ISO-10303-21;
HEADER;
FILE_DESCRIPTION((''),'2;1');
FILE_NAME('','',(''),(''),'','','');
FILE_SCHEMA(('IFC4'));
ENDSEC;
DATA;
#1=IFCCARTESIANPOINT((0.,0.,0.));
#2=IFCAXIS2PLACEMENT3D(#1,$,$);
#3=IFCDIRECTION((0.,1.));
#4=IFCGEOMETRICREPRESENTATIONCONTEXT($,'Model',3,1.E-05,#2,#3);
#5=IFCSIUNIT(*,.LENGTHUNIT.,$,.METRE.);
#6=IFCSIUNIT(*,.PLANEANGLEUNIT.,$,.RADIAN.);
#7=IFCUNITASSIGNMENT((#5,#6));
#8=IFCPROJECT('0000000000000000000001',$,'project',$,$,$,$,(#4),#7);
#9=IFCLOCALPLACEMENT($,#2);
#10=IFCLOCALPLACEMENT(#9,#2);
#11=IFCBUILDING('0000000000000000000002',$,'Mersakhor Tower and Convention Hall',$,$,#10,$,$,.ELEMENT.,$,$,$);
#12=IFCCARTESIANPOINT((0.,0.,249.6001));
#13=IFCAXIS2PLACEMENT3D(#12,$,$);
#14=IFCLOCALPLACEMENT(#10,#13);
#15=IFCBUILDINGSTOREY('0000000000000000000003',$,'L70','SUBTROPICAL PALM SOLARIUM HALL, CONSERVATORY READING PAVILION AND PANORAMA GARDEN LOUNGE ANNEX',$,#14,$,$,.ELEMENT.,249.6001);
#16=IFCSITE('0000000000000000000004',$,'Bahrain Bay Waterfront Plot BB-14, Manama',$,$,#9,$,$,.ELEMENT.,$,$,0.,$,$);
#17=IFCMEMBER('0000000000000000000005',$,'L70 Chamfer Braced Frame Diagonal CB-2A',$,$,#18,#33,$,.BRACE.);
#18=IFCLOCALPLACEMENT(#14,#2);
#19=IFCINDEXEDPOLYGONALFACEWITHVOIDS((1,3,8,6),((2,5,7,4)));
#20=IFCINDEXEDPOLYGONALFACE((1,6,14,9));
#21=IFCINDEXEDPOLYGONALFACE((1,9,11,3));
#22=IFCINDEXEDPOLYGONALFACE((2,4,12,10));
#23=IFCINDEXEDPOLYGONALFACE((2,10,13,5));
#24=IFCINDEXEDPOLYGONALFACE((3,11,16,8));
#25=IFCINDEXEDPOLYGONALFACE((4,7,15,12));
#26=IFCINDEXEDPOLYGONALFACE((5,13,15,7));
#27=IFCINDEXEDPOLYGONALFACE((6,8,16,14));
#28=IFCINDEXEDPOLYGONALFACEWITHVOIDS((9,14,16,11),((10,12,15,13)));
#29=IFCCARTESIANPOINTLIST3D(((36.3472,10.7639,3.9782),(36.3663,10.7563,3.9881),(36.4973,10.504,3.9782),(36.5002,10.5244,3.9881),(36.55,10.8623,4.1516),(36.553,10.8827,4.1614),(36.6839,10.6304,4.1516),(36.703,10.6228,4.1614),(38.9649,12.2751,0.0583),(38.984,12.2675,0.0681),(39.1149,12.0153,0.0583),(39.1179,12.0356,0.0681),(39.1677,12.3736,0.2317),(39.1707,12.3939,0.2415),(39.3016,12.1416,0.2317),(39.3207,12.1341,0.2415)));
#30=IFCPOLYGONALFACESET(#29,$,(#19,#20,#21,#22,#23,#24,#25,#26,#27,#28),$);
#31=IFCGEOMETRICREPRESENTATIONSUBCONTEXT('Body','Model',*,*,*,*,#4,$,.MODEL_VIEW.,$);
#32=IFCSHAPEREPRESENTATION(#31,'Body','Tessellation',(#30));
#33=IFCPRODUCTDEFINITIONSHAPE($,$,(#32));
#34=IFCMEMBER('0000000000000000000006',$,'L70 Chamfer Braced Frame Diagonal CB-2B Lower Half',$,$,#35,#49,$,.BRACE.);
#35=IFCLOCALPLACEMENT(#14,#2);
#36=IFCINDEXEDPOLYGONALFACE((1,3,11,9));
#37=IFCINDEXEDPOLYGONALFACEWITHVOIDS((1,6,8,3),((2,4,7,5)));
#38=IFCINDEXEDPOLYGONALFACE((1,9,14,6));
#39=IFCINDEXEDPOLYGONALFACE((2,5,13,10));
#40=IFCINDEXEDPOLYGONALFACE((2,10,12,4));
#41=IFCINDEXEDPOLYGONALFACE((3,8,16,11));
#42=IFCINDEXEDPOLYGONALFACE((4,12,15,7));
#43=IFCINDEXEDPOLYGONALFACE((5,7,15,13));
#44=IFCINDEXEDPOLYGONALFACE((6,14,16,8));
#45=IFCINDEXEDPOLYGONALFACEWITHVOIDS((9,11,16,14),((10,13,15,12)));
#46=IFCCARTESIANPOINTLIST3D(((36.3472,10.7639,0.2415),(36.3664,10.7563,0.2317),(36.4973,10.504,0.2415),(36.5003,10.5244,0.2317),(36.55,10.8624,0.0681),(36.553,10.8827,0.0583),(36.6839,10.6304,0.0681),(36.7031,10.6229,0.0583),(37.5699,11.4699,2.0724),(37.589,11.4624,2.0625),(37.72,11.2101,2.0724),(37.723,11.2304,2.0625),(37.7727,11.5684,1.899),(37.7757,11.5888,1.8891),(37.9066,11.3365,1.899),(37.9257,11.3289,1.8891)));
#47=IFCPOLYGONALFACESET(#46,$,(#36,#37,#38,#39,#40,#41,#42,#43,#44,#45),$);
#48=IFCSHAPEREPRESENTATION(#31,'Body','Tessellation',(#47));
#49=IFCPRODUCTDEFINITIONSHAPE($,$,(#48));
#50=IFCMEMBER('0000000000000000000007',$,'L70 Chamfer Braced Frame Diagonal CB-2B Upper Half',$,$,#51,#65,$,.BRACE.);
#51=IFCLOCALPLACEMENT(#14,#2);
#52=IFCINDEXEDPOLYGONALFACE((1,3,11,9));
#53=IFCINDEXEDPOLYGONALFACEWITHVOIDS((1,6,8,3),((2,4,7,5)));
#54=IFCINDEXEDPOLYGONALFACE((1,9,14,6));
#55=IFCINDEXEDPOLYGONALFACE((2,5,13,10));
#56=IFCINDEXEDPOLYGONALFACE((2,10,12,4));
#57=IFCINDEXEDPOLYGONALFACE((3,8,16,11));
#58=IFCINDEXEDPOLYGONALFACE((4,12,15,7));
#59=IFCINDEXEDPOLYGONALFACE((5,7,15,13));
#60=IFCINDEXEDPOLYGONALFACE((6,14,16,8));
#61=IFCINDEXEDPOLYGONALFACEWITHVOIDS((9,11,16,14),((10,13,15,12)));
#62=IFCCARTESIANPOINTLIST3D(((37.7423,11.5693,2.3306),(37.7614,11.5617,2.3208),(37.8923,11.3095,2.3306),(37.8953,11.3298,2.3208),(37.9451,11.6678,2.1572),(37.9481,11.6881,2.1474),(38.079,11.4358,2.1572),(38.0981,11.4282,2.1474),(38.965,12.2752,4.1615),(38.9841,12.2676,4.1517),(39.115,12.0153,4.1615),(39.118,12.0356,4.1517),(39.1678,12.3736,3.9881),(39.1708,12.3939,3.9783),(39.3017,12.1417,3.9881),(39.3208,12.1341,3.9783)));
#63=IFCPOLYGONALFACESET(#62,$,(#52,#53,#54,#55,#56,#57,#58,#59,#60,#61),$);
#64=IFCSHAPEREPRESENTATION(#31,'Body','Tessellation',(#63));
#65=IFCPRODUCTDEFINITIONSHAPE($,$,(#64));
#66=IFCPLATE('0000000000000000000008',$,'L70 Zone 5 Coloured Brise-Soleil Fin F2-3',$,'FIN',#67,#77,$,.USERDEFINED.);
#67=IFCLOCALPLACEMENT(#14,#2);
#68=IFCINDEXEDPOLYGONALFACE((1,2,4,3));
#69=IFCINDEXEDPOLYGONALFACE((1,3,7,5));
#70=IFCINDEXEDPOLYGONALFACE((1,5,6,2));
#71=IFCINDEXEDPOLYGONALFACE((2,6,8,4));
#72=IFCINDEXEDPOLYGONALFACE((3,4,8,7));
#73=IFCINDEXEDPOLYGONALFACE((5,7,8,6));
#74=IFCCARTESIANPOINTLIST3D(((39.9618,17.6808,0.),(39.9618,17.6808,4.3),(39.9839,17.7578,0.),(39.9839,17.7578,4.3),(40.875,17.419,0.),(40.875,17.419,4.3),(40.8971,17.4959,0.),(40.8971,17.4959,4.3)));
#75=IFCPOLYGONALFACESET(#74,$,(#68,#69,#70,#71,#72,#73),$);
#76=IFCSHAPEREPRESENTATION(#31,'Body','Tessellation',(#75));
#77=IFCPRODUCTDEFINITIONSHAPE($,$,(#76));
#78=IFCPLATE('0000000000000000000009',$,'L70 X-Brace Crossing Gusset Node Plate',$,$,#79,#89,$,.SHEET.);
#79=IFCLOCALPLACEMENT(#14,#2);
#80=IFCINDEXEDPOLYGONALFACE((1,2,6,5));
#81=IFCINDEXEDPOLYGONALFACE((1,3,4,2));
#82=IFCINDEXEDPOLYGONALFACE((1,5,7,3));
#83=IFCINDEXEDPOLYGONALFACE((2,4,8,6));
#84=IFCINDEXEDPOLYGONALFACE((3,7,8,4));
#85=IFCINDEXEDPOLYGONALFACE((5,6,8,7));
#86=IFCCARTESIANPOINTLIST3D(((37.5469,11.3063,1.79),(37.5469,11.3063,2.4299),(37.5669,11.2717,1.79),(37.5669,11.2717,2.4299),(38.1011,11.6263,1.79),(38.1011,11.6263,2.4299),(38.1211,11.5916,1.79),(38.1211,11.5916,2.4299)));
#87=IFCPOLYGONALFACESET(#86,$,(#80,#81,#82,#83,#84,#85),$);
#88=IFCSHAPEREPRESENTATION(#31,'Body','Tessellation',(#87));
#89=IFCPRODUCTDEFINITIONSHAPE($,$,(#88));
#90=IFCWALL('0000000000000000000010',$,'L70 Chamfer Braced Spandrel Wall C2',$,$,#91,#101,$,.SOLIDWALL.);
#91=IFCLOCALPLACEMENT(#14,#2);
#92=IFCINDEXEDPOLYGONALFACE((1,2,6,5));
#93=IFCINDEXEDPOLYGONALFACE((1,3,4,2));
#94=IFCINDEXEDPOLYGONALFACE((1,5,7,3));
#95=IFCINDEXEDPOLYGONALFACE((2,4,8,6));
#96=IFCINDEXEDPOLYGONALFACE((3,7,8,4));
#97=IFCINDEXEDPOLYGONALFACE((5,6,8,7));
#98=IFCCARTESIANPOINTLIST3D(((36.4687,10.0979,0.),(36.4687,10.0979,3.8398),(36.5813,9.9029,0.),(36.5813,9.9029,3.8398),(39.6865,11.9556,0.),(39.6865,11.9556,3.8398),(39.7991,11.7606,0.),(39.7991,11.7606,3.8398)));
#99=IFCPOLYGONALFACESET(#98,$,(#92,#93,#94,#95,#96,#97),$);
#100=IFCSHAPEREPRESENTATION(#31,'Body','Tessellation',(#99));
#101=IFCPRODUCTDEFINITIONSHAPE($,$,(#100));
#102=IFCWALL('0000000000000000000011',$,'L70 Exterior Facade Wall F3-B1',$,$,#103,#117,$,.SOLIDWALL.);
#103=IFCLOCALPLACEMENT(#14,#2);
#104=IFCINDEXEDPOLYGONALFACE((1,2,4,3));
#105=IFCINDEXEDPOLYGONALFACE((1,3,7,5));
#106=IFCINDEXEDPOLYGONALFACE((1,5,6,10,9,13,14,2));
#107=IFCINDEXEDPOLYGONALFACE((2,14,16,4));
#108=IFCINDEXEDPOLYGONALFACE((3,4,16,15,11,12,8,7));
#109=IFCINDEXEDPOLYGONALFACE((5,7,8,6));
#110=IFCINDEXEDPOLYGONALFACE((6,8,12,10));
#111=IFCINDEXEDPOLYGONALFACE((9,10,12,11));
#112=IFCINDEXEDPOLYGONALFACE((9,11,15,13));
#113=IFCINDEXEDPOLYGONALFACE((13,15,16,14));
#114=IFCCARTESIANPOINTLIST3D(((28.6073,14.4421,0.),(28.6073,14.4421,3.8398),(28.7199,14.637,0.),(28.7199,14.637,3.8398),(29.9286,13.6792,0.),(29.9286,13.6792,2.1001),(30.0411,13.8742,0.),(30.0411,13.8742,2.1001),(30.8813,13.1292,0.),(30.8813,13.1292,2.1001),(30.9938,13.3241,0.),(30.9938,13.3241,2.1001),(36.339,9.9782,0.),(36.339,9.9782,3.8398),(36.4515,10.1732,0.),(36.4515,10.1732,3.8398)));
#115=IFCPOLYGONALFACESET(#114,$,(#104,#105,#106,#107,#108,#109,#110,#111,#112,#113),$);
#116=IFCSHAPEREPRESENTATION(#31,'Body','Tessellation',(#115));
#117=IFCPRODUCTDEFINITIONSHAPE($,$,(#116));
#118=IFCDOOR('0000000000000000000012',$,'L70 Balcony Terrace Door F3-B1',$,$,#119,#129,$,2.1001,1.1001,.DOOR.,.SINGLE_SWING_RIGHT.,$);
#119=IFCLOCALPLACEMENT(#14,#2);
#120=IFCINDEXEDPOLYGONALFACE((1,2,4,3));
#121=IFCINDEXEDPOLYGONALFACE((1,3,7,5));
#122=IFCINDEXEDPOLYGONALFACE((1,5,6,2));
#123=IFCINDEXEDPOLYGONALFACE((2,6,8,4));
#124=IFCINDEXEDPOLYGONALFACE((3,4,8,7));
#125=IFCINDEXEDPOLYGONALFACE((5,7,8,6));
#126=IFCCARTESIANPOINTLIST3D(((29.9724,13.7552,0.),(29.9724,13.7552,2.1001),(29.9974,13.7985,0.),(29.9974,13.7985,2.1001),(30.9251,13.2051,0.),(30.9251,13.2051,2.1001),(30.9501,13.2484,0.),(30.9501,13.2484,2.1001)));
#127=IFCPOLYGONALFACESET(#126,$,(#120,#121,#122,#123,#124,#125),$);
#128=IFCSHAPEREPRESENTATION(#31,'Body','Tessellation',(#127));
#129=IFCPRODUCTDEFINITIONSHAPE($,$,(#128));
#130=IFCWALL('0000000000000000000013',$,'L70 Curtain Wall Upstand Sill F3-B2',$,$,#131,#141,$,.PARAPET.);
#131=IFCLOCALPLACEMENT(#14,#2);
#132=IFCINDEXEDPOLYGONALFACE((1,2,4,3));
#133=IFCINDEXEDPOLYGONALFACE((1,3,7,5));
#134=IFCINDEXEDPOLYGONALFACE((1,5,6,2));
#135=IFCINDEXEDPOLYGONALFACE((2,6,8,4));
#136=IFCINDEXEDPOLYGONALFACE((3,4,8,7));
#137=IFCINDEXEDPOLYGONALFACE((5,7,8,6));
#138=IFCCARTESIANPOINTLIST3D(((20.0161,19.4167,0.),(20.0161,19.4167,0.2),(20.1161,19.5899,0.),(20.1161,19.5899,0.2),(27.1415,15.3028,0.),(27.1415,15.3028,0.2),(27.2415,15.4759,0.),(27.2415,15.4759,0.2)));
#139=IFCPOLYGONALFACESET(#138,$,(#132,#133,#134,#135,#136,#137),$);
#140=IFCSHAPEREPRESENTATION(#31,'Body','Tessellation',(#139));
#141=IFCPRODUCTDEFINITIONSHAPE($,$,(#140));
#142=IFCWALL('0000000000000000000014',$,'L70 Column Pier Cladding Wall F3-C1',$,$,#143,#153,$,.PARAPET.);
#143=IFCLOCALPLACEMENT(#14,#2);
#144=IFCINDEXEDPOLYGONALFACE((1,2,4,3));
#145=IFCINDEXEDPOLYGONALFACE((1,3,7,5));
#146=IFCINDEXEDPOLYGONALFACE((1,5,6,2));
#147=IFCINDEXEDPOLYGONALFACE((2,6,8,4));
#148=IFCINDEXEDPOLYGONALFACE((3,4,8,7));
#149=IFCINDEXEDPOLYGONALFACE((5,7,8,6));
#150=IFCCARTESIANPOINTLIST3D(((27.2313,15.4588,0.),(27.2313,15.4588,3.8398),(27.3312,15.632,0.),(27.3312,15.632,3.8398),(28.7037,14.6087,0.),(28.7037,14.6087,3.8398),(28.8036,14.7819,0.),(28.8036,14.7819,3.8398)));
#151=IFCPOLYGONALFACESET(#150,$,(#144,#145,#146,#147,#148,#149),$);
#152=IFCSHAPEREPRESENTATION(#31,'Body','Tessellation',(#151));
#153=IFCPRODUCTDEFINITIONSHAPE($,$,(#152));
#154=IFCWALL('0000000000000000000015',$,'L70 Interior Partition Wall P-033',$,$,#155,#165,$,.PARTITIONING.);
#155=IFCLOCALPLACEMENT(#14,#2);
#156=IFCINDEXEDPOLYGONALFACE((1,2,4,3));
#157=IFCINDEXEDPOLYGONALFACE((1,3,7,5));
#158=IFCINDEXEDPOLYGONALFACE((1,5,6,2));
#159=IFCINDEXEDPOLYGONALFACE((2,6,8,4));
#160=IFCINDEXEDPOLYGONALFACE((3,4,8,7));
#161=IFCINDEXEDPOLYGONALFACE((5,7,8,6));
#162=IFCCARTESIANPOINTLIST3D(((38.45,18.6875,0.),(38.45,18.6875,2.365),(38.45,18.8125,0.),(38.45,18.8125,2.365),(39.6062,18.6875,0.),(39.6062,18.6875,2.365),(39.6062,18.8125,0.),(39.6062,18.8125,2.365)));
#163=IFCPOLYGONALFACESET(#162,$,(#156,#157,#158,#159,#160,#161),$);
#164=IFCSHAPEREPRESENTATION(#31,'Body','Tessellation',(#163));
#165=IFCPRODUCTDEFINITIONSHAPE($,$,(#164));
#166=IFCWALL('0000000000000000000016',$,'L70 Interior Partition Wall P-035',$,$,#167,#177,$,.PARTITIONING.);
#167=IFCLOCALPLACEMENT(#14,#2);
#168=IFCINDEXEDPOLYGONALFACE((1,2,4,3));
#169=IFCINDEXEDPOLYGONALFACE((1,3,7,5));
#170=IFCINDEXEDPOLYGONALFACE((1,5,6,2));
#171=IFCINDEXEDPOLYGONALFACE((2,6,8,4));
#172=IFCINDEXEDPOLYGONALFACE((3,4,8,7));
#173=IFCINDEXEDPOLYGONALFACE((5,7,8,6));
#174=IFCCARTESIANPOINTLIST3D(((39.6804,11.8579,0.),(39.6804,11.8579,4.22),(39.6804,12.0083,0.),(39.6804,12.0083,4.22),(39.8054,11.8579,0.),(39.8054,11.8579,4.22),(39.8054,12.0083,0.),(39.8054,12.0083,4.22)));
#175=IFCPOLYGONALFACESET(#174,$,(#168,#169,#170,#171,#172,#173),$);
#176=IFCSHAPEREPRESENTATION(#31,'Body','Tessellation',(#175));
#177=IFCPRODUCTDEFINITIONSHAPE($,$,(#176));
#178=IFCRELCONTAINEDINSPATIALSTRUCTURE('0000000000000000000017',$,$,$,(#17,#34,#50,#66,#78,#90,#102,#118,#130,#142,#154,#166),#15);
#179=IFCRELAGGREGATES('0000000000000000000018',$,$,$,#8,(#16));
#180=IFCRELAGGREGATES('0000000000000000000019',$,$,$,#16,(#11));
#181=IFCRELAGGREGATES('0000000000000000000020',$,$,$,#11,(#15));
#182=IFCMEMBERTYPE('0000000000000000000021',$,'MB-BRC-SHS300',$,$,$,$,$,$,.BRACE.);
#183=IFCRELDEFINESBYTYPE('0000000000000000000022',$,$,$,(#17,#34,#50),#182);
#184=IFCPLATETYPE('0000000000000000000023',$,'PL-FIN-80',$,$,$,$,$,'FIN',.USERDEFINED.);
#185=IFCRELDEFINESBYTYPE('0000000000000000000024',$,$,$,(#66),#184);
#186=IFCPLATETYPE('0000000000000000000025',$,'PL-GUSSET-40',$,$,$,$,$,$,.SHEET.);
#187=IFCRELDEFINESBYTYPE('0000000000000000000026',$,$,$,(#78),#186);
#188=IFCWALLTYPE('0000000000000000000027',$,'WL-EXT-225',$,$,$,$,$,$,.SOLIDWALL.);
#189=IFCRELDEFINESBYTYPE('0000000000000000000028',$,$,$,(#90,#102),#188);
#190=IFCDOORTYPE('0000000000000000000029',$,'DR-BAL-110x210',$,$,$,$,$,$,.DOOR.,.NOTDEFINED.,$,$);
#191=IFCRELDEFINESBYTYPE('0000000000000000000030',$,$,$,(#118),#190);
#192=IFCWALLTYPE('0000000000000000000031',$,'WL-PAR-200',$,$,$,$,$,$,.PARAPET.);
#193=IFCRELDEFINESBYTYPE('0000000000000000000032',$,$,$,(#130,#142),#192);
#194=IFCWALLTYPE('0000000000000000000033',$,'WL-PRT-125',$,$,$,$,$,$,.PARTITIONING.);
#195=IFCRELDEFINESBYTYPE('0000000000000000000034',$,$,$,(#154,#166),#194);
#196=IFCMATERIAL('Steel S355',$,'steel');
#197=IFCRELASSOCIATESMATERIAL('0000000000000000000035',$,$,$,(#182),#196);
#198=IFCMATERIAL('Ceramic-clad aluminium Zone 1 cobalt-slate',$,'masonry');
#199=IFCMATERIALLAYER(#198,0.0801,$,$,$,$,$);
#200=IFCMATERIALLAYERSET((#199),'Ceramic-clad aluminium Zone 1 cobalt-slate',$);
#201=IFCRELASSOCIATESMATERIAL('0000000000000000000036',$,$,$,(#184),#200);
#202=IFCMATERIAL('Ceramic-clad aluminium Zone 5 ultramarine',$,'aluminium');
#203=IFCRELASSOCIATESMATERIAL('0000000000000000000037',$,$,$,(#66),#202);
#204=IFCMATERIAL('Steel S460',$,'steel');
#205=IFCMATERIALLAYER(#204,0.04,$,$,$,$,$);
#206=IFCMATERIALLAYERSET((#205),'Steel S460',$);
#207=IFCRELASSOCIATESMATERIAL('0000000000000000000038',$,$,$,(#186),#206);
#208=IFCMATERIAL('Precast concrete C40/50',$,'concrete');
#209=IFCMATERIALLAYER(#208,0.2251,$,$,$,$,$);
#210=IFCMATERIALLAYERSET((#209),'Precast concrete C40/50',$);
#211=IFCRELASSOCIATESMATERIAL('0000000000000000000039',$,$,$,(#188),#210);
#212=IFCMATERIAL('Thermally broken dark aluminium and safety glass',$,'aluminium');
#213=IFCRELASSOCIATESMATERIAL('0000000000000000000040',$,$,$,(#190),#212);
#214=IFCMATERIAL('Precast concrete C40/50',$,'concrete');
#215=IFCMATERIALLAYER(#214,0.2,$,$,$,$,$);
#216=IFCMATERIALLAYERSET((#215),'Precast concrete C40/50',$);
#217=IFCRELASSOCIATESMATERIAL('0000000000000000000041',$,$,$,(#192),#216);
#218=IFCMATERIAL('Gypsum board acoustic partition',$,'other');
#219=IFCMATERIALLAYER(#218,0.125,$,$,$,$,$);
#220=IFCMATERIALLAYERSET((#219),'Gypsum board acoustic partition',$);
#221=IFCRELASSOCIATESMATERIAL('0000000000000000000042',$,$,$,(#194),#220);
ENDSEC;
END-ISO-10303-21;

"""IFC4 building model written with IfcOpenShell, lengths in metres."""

from ifc_helpers import new_model, si_unit, direction, frame, frame_2d, origin, origin_2d, place, context, subcontext, project, spatial, rectangle, hollow_rectangle, extrude, material, layer, layer_set, material_profile, profile_set, type_object, element, fill, save


model = new_model("IFC4")

# Units and contexts
model_context = context("Model", 3, precision=1e-05, world=origin(), true_north=direction((0.0, 1.0)))
body_context = subcontext(model_context, "Body", "Model", "MODEL_VIEW")
ifc_project = project(units=[si_unit("LENGTHUNIT", "METRE"), si_unit("PLANEANGLEUNIT", "RADIAN")], contexts=[model_context])

# Site, building, storey
site_placement = place(None, origin())
site = spatial("IfcSite", under=ifc_project, at=site_placement, Name="Bahrain Bay Waterfront Plot BB-14, Manama", CompositionType="ELEMENT", RefElevation=0.0)
building_placement = place(site_placement, origin())
building = spatial("IfcBuilding", under=site, at=building_placement, Name="Mersakhor Tower and Convention Hall", CompositionType="ELEMENT")
storey_placement = place(building_placement, frame((0.0, 0.0, 249.6001)))
storey = spatial("IfcBuildingStorey", under=building, at=storey_placement, Name="L70", Description="SUBTROPICAL PALM SOLARIUM HALL, CONSERVATORY READING PAVILION AND PANORAMA GARDEN LOUNGE ANNEX", CompositionType="ELEMENT", Elevation=249.6001)

# Members
ifc_material_1 = material(Name="Steel S355", Category="steel")
ifc_material_profile_1 = material_profile(ifc_material_1, hollow_rectangle(XDim=0.3, YDim=0.3, WallThickness=0.0161, at=origin_2d()), Name="SHS 300x300x16")
ifc_profile_set_1 = profile_set([ifc_material_profile_1], Name="Steel S355")
member_type_1 = type_object("IfcMemberType", Name="MB-BRC-SHS300", PredefinedType="BRACE", material=ifc_profile_set_1)
member_1_placement = place(storey_placement, frame((39.1428, 12.2046, 0.1499), z_axis=(-0.528831, -0.305303, 0.791914), x_axis=(0.499979, -0.866038, 0.0)))
element("IfcMember", 1, at=member_1_placement, inside=storey, type_object=member_type_1, Name="L70 Chamfer Braced Frame Diagonal CB-2A", PredefinedType="BRACE", context=body_context, shape_type="SweptSolid", body=[
    extrude(hollow_rectangle(XDim=0.3, YDim=0.3, WallThickness=0.0161, at=origin_2d()), origin(), (0.0, 0.0, 1.0), 4.95),
])
for number, where, z_axis, x_axis, name in (
    (2, (36.5251, 10.6934, 0.1499), (0.528834, 0.305389, 0.791879), (-0.500082, 0.865978, 0.0), "L70 Chamfer Braced Frame Diagonal CB-2B Lower Half"),
    (3, (37.9202, 11.4988, 2.239), (0.528851, 0.305293, 0.791904), (-0.499952, 0.866053, 0.0), "L70 Chamfer Braced Frame Diagonal CB-2B Upper Half"),
):
    element("IfcMember", number, at=place(storey_placement, frame(where, z_axis=z_axis, x_axis=x_axis)), inside=storey, type_object=member_type_1, Name=name, PredefinedType="BRACE", context=body_context, shape_type="SweptSolid", body=[
        extrude(hollow_rectangle(XDim=0.3, YDim=0.3, WallThickness=0.0161, at=origin_2d()), origin(), (0.0, 0.0, 1.0), 2.312),
    ])

# Plates
ifc_material_2 = material(Name="Ceramic-clad aluminium Zone 5 ultramarine", Category="aluminium")
ifc_material_3 = material(Name="Ceramic-clad aluminium Zone 1 cobalt-slate", Category="masonry")
ifc_layer_1 = layer(ifc_material_3, 0.0801)
ifc_layer_set_1 = layer_set([ifc_layer_1], Name="Ceramic-clad aluminium Zone 1 cobalt-slate")
plate_type_1 = type_object("IfcPlateType", Name="PL-FIN-80", ElementType="FIN", PredefinedType="USERDEFINED", material=ifc_layer_set_1)
plate_1_placement = place(storey_placement, frame((40.4294, 17.5884, 0.0), z_axis=(0.0, 0.0, 1.0), x_axis=(0.961262, -0.275637, 0.0)))
element("IfcPlate", 4, at=plate_1_placement, inside=storey, type_object=plate_type_1, material=ifc_material_2, Name="L70 Zone 5 Coloured Brise-Soleil Fin F2-3", ObjectType="FIN", PredefinedType="USERDEFINED", context=body_context, shape_type="SweptSolid", body=[
    extrude(rectangle(XDim=0.95, YDim=0.0801, at=origin_2d()), origin(), (0.0, 0.0, 1.0), 4.3),
])
ifc_material_4 = material(Name="Steel S460", Category="steel")
ifc_layer_2 = layer(ifc_material_4, 0.04)
ifc_layer_set_2 = layer_set([ifc_layer_2], Name="Steel S460")
plate_type_2 = type_object("IfcPlateType", Name="PL-GUSSET-40", PredefinedType="SHEET", material=ifc_layer_set_2)
plate_2_placement = place(storey_placement, frame((37.834, 11.449, 1.79), z_axis=(0.0, 0.0, 1.0), x_axis=(0.866025, 0.5, 0.0)))
element("IfcPlate", 5, at=plate_2_placement, inside=storey, type_object=plate_type_2, Name="L70 X-Brace Crossing Gusset Node Plate", PredefinedType="SHEET", context=body_context, shape_type="SweptSolid", body=[
    extrude(rectangle(XDim=0.6399, YDim=0.04, at=origin_2d()), origin(), (0.0, 0.0, 1.0), 0.6399),
])

# Wall
ifc_material_5 = material(Name="Precast concrete C40/50", Category="concrete")
ifc_layer_3 = layer(ifc_material_5, 0.2251)
ifc_layer_set_3 = layer_set([ifc_layer_3], Name="Precast concrete C40/50")
wall_type_1 = type_object("IfcWallType", Name="WL-EXT-225", PredefinedType="SOLIDWALL", material=ifc_layer_set_3)
wall_1_placement = place(storey_placement, frame((39.7429, 11.8582, 0.0), z_axis=(0.0, 0.0, 1.0), x_axis=(-0.866039, -0.499977, 0.0)))
element("IfcWall", 6, at=wall_1_placement, inside=storey, type_object=wall_type_1, Name="L70 Chamfer Braced Spandrel Wall C2", PredefinedType="SOLIDWALL", context=body_context, shape_type="SweptSolid", body=[
    extrude(rectangle(XDim=3.7156, YDim=0.2251, at=frame_2d((1.8579, 0.0))), origin(), (0.0, 0.0, 1.0), 3.8398),
])

# Wall, opening, door
wall_2_placement = place(storey_placement, frame((36.3953, 10.0757, 0.0), z_axis=(0.0, 0.0, 1.0), x_axis=(-0.866027, 0.499998, 0.0)))
wall_2 = element("IfcWall", 7, at=wall_2_placement, inside=storey, type_object=wall_type_1, Name="L70 Exterior Facade Wall F3-B1", PredefinedType="SOLIDWALL", context=body_context, shape_type="SweptSolid", body=[
    extrude(rectangle(XDim=8.9277, YDim=0.2251, at=frame_2d((4.4639, 0.0))), origin(), (0.0, 0.0, 1.0), 3.8398),
])
opening_1_placement = place(wall_2_placement, frame((6.302, 0.0, 0.0)))
opening_1 = element("IfcOpeningElement", 8, at=opening_1_placement, cuts=wall_2, PredefinedType="OPENING", context=body_context, shape_type="SweptSolid", body=[
    extrude(rectangle(XDim=1.1001, YDim=2.1001, at=frame_2d((0.55, 1.05))), frame((0.0, 0.1226, 0.0), z_axis=(0.0, -1.0, 0.0), x_axis=(1.0, 0.0, 0.0)), (0.0, 0.0, 1.0), 0.2451),
])
ifc_material_6 = material(Name="Thermally broken dark aluminium and safety glass", Category="aluminium")
door_type_1 = type_object("IfcDoorType", Name="DR-BAL-110x210", OperationType="NOTDEFINED", PredefinedType="DOOR", material=ifc_material_6)
door_1_placement = place(opening_1_placement, origin())
door_1 = element("IfcDoor", 9, at=door_1_placement, inside=storey, type_object=door_type_1, Name="L70 Balcony Terrace Door F3-B1", OperationType="SINGLE_SWING_RIGHT", OverallHeight=2.1001, OverallWidth=1.1001, PredefinedType="DOOR", context=body_context, shape_type="SweptSolid", body=[
    extrude(rectangle(XDim=1.1001, YDim=2.1001, at=frame_2d((0.55, 1.05))), frame((0.0, 0.0249, 0.0), z_axis=(0.0, -1.0, 0.0), x_axis=(1.0, 0.0, 0.0)), (0.0, 0.0, 1.0), 0.05),
])
fill(opening_1, door_1)

# Walls
ifc_material_7 = material(Name="Precast concrete C40/50", Category="concrete")
ifc_layer_4 = layer(ifc_material_7, 0.2)
ifc_layer_set_4 = layer_set([ifc_layer_4], Name="Precast concrete C40/50")
wall_type_2 = type_object("IfcWallType", Name="WL-PAR-200", PredefinedType="PARAPET", material=ifc_layer_set_4)
wall_3_placement = place(storey_placement, frame((27.1914, 15.3894, 0.0), z_axis=(0.0, 0.0, 1.0), x_axis=(-0.86602, 0.50001, 0.0)))
element("IfcWall", 10, at=wall_3_placement, inside=storey, type_object=wall_type_2, Name="L70 Curtain Wall Upstand Sill F3-B2", PredefinedType="PARAPET", context=body_context, shape_type="SweptSolid", body=[
    extrude(rectangle(XDim=8.2278, YDim=0.2, at=frame_2d((4.1138, 0.0))), origin(), (0.0, 0.0, 1.0), 0.2),
])
wall_4_placement = place(storey_placement, frame((28.7537, 14.6953, 0.0), z_axis=(0.0, 0.0, 1.0), x_axis=(-0.866025, 0.5, 0.0)))
element("IfcWall", 11, at=wall_4_placement, inside=storey, type_object=wall_type_2, Name="L70 Column Pier Cladding Wall F3-C1", PredefinedType="PARAPET", context=body_context, shape_type="SweptSolid", body=[
    extrude(rectangle(XDim=1.7002, YDim=0.2, at=frame_2d((0.8501, 0.0))), origin(), (0.0, 0.0, 1.0), 3.8398),
])
ifc_material_8 = material(Name="Gypsum board acoustic partition", Category="other")
ifc_layer_5 = layer(ifc_material_8, 0.125)
ifc_layer_set_5 = layer_set([ifc_layer_5], Name="Gypsum board acoustic partition")
wall_type_3 = type_object("IfcWallType", Name="WL-PRT-125", PredefinedType="PARTITIONING", material=ifc_layer_set_5)
wall_5_placement = place(storey_placement, frame((39.6062, 18.75, 0.0), z_axis=(0.0, 0.0, 1.0), x_axis=(-1.0, 0.0, 0.0)))
element("IfcWall", 12, at=wall_5_placement, inside=storey, type_object=wall_type_3, Name="L70 Interior Partition Wall P-033", PredefinedType="PARTITIONING", context=body_context, shape_type="SweptSolid", body=[
    extrude(rectangle(XDim=1.1562, YDim=0.125, at=frame_2d((0.5781, 0.0))), origin(), (0.0, 0.0, 1.0), 2.365),
])
wall_6_placement = place(storey_placement, frame((39.7429, 12.0083, 0.0), z_axis=(0.0, 0.0, 1.0), x_axis=(0.0, -1.0, 0.0)))
element("IfcWall", 13, at=wall_6_placement, inside=storey, type_object=wall_type_3, Name="L70 Interior Partition Wall P-035", PredefinedType="PARTITIONING", context=body_context, shape_type="SweptSolid", body=[
    extrude(rectangle(XDim=0.1504, YDim=0.125, at=frame_2d((0.0752, 0.0))), origin(), (0.0, 0.0, 1.0), 4.22),
])

save(model, "model.ifc")
